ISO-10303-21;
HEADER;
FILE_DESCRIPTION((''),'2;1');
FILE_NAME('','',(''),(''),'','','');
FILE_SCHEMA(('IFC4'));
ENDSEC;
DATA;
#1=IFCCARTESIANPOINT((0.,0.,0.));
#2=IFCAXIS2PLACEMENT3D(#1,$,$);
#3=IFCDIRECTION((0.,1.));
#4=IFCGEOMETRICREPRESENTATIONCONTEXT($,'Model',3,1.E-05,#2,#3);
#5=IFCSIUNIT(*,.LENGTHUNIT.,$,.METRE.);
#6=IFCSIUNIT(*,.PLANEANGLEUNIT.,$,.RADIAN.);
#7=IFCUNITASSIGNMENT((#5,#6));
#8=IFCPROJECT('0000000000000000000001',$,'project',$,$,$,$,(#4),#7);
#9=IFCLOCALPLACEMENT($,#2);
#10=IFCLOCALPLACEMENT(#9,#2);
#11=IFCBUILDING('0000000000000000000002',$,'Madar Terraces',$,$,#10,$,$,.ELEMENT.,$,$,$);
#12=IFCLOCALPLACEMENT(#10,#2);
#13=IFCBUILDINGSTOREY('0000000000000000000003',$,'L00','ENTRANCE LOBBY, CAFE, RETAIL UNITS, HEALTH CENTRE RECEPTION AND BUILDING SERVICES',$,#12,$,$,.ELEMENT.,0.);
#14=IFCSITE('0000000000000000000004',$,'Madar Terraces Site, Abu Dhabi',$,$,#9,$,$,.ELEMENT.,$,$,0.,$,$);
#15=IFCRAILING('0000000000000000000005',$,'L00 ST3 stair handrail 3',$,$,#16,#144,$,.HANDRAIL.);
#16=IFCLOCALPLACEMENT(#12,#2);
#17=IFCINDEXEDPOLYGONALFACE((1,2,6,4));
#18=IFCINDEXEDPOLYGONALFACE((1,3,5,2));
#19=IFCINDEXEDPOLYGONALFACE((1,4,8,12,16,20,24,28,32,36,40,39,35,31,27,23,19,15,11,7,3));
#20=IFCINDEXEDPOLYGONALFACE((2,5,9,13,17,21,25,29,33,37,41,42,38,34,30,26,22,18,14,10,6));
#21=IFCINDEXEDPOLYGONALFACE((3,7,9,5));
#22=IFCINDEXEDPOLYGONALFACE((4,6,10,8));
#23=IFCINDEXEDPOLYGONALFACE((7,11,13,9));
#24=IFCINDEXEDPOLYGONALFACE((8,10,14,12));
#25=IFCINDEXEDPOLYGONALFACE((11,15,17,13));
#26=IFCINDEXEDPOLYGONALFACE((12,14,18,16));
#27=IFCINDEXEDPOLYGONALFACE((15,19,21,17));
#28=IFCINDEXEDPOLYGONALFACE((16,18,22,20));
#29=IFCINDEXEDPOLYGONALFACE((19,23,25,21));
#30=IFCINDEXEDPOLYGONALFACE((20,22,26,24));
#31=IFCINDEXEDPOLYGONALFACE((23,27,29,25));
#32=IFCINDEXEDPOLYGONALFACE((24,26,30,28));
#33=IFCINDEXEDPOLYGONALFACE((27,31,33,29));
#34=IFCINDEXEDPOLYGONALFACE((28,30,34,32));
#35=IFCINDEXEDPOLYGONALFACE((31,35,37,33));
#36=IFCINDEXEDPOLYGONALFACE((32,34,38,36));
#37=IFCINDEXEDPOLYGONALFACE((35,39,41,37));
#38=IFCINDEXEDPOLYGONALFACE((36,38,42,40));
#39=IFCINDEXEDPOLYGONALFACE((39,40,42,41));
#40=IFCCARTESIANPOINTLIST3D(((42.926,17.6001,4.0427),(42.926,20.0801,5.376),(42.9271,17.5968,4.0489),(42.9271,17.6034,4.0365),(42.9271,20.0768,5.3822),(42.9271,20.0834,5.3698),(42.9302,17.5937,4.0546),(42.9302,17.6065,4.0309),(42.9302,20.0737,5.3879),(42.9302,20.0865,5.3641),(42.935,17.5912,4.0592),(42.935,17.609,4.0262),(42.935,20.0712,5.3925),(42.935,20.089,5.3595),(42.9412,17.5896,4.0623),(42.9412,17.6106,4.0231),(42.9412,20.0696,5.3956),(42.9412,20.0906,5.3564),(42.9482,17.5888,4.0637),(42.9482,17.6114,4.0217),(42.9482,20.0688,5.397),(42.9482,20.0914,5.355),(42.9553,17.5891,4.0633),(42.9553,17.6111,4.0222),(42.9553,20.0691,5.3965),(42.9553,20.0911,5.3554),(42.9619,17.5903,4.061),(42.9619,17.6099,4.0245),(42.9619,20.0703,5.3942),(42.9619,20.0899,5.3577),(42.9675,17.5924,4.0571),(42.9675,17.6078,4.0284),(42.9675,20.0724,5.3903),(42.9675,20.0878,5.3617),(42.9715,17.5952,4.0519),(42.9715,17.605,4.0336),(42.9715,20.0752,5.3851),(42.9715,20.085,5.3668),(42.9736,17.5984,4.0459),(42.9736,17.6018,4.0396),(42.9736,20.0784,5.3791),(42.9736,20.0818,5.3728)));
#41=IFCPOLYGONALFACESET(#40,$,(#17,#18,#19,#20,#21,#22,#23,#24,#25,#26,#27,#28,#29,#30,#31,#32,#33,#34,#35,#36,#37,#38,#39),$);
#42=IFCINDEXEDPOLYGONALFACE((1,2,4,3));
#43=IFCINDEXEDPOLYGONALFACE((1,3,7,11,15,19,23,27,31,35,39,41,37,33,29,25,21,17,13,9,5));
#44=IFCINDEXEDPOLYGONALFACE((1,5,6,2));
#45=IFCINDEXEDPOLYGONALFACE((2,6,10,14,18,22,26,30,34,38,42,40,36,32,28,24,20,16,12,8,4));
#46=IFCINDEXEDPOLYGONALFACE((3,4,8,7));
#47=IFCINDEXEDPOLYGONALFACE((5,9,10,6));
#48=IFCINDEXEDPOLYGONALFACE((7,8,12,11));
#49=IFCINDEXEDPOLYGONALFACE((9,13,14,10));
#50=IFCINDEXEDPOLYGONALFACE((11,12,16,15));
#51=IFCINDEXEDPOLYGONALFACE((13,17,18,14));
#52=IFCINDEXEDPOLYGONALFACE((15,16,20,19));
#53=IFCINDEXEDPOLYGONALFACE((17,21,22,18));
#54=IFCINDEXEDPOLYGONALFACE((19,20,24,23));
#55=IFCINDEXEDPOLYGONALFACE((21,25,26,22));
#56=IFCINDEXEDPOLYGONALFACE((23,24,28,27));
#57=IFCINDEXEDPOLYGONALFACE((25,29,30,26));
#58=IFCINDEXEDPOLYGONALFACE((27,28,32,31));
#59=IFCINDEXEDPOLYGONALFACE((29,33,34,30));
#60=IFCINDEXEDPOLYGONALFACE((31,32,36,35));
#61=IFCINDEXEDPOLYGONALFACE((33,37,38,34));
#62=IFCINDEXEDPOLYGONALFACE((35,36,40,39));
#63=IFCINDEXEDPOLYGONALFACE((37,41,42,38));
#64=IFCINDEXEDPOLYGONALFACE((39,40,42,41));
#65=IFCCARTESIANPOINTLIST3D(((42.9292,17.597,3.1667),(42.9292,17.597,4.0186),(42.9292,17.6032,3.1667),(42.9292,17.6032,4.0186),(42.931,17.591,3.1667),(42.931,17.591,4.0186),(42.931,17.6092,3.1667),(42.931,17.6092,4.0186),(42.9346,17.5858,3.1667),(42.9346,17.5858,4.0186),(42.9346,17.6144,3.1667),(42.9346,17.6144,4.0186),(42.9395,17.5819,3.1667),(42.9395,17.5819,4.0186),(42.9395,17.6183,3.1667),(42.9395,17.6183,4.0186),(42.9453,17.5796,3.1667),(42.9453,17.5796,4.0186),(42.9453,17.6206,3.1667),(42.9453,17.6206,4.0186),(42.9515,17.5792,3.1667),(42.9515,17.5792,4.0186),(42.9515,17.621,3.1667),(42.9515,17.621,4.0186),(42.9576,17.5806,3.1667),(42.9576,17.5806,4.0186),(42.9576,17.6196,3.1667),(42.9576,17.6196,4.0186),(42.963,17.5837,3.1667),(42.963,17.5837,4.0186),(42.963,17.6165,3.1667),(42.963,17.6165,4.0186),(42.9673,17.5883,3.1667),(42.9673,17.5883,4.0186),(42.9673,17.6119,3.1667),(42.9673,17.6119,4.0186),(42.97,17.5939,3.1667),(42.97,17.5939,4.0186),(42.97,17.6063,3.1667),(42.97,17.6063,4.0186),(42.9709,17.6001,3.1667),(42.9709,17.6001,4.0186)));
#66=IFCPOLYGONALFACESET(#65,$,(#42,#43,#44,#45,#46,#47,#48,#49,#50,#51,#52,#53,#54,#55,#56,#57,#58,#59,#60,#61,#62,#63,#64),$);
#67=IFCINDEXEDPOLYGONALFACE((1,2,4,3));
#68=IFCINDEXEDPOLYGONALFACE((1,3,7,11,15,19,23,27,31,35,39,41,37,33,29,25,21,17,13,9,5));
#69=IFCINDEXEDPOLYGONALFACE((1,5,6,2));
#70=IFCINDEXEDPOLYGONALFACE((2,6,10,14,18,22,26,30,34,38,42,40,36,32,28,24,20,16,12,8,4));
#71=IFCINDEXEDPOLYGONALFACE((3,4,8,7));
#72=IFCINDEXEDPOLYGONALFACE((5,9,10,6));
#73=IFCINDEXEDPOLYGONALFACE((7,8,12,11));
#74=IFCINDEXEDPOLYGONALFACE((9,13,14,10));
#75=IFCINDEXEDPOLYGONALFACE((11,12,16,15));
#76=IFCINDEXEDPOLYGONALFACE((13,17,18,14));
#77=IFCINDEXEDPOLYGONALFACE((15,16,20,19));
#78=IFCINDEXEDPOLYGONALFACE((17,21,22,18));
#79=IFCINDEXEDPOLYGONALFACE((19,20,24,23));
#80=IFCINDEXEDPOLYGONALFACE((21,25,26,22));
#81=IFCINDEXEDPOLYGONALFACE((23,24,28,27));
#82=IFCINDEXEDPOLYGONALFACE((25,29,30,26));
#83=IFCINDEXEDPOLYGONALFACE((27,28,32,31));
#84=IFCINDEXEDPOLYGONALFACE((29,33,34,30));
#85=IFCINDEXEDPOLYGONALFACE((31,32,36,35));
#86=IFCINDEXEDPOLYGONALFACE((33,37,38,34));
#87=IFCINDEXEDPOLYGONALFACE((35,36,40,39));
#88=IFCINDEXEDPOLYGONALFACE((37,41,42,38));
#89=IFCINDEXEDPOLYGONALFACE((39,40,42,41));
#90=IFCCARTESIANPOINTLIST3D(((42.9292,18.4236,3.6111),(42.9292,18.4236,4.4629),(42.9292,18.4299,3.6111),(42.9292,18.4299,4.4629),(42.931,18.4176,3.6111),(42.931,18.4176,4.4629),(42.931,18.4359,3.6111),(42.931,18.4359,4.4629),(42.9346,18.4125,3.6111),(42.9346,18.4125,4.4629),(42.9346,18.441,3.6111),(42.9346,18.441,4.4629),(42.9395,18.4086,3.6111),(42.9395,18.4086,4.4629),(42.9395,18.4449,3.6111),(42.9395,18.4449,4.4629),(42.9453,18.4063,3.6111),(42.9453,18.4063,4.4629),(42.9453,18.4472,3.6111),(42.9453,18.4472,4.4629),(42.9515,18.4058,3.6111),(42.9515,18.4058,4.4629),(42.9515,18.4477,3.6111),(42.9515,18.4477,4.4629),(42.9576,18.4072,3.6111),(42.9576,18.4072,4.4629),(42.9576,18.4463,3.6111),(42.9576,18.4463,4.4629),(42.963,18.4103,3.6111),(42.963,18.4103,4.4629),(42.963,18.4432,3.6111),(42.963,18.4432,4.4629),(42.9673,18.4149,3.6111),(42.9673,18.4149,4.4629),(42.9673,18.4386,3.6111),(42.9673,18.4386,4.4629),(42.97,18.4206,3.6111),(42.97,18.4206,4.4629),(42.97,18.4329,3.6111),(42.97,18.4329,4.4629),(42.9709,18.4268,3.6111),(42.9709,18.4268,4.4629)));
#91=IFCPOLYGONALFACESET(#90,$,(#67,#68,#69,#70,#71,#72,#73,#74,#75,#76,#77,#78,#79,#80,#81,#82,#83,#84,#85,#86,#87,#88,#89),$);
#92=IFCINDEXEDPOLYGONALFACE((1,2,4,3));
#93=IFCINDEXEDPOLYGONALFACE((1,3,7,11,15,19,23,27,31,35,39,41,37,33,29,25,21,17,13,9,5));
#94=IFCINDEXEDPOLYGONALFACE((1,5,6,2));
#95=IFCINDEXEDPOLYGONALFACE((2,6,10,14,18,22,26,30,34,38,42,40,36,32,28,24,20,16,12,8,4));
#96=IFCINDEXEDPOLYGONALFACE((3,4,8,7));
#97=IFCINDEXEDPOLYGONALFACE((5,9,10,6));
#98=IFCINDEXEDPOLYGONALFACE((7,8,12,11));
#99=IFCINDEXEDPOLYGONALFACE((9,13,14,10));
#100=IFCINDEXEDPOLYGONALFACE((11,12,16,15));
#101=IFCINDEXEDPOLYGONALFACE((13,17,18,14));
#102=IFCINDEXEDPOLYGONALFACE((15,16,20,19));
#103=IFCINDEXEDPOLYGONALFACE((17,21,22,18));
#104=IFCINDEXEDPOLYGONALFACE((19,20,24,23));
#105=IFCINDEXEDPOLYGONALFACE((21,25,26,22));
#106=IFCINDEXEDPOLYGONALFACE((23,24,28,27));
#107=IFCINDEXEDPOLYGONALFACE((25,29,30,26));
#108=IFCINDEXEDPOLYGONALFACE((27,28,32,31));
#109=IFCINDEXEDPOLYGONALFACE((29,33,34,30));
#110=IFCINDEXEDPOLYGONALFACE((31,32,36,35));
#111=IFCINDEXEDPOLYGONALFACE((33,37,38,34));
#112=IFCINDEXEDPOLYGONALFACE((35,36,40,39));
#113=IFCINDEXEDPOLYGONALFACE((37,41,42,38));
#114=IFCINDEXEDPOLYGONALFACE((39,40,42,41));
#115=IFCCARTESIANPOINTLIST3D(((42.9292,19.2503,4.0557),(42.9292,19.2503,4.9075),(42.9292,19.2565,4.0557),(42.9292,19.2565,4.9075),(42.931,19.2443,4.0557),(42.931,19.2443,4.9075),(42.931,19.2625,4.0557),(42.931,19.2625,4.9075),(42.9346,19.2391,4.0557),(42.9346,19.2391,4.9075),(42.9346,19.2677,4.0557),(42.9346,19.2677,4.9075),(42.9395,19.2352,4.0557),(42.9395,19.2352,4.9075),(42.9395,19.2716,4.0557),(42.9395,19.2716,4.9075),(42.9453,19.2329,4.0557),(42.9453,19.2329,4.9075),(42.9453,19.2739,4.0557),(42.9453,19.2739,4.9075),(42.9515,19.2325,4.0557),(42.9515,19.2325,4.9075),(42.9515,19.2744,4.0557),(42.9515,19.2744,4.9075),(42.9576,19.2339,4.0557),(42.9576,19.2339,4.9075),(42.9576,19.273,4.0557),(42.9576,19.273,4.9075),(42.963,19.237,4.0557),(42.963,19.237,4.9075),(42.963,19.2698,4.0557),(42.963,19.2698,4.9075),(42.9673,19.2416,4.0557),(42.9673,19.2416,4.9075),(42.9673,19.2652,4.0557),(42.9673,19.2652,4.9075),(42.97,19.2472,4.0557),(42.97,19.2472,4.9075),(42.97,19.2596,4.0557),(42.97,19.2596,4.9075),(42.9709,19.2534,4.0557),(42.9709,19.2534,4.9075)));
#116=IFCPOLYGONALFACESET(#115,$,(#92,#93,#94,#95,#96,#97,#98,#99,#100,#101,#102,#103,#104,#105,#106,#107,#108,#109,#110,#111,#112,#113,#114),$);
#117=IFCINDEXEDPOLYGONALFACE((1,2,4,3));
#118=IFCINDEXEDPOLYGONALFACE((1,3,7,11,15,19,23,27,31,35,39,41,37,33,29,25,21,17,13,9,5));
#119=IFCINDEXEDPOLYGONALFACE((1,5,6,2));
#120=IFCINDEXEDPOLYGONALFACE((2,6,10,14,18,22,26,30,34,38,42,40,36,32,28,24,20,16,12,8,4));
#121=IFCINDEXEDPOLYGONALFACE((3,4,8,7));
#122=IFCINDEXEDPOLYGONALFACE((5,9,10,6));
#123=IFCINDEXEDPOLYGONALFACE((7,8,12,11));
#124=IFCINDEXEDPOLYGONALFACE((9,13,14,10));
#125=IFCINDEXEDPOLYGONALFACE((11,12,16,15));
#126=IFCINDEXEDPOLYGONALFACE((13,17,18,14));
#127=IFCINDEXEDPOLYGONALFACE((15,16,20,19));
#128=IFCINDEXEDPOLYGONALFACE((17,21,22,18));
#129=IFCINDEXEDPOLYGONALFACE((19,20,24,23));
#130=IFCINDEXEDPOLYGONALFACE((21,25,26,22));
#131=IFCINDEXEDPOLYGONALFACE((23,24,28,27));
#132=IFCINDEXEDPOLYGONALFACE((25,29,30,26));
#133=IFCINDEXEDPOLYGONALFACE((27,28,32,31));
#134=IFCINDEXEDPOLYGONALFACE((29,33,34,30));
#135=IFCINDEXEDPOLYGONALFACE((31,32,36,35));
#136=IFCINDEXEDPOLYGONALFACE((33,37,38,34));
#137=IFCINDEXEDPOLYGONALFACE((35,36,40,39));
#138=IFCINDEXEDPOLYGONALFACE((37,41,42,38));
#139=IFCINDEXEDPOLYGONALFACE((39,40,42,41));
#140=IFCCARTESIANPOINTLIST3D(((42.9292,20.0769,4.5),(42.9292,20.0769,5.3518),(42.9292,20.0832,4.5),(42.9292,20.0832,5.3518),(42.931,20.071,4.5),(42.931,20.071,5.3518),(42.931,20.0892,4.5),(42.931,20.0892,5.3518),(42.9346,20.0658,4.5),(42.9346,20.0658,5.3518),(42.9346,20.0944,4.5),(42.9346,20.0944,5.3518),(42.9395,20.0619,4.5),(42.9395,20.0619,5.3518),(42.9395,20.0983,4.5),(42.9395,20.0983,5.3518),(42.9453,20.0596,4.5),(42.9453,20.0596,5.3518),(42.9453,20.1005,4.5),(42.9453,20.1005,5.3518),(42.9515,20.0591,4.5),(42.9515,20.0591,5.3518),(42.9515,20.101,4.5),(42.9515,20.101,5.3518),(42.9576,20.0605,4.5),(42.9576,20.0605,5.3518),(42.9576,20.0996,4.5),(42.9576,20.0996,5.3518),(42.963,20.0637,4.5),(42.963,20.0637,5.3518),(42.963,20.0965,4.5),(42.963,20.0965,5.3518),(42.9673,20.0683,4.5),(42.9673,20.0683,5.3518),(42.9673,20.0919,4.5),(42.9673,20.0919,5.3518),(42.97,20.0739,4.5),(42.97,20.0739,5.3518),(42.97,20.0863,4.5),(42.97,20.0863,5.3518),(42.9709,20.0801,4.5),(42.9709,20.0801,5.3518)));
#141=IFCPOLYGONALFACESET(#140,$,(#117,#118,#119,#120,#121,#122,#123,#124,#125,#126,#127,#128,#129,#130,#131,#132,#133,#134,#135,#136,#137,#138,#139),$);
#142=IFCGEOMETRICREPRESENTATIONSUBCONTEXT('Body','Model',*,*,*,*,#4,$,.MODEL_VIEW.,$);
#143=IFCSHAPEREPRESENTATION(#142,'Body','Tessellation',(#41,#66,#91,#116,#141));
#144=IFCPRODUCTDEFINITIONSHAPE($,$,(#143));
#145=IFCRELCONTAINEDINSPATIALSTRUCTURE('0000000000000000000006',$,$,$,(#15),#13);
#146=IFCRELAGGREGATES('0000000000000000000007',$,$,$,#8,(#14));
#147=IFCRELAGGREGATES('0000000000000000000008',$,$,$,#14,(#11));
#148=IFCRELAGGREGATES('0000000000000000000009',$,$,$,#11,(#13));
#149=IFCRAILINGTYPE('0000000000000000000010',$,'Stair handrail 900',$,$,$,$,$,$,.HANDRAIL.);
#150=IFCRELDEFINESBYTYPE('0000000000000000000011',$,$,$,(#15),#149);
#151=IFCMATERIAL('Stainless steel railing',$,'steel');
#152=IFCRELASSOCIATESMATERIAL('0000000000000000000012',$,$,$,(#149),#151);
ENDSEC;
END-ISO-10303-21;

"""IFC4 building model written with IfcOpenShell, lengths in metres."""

from ifc_helpers import new_model, si_unit, direction, frame, origin, origin_2d, place, context, subcontext, project, spatial, circle, extrude, material, type_object, element, save


model = new_model("IFC4")

# Units and contexts
model_context = context("Model", 3, precision=1e-05, world=origin(), true_north=direction((0.0, 1.0)))
body_context = subcontext(model_context, "Body", "Model", "MODEL_VIEW")
ifc_project = project(units=[si_unit("LENGTHUNIT", "METRE"), si_unit("PLANEANGLEUNIT", "RADIAN")], contexts=[model_context])

# Site, building, storey
site_placement = place(None, origin())
site = spatial("IfcSite", under=ifc_project, at=site_placement, Name="Madar Terraces Site, Abu Dhabi", CompositionType="ELEMENT", RefElevation=0.0)
building_placement = place(site_placement, origin())
building = spatial("IfcBuilding", under=site, at=building_placement, Name="Madar Terraces", CompositionType="ELEMENT")
storey_placement = place(building_placement, origin())
storey = spatial("IfcBuildingStorey", under=building, at=storey_placement, Name="L00", Description="ENTRANCE LOBBY, CAFE, RETAIL UNITS, HEALTH CENTRE RECEPTION AND BUILDING SERVICES", CompositionType="ELEMENT", Elevation=0.0)

# Railing
ifc_material_1 = material(Name="Stainless steel railing", Category="steel")
railing_type = type_object("IfcRailingType", Name="Stair handrail 900", PredefinedType="HANDRAIL", material=ifc_material_1)
for number, where, name in (
    (1, (42.95, 17.6001, 3.1667), "L00 ST3 stair handrail 3"),
):
    element("IfcRailing", number, at=place(storey_placement, frame(where)), inside=storey, type_object=railing_type, Name=name, PredefinedType="HANDRAIL", context=body_context, shape_type="SweptSolid", body=[
        extrude(circle(Radius=0.0239, at=origin_2d()), frame((0.0, 0.0, 0.876), z_axis=(0.0, 0.880786, 0.473515), x_axis=(-1.0, 0.0, 0.0)), (0.0, 0.0, 1.0), 2.8157),
        extrude(circle(Radius=0.021, at=origin_2d()), origin(), (0.0, 0.0, 1.0), 0.8518),
        extrude(circle(Radius=0.021, at=origin_2d()), frame((0.0, 0.8267, 0.4443)), (0.0, 0.0, 1.0), 0.8518),
        extrude(circle(Radius=0.021, at=origin_2d()), frame((0.0, 1.6533, 0.8889)), (0.0, 0.0, 1.0), 0.8518),
        extrude(circle(Radius=0.021, at=origin_2d()), frame((0.0, 2.48, 1.3333)), (0.0, 0.0, 1.0), 0.8518),
    ])

save(model, "model.ifc")
